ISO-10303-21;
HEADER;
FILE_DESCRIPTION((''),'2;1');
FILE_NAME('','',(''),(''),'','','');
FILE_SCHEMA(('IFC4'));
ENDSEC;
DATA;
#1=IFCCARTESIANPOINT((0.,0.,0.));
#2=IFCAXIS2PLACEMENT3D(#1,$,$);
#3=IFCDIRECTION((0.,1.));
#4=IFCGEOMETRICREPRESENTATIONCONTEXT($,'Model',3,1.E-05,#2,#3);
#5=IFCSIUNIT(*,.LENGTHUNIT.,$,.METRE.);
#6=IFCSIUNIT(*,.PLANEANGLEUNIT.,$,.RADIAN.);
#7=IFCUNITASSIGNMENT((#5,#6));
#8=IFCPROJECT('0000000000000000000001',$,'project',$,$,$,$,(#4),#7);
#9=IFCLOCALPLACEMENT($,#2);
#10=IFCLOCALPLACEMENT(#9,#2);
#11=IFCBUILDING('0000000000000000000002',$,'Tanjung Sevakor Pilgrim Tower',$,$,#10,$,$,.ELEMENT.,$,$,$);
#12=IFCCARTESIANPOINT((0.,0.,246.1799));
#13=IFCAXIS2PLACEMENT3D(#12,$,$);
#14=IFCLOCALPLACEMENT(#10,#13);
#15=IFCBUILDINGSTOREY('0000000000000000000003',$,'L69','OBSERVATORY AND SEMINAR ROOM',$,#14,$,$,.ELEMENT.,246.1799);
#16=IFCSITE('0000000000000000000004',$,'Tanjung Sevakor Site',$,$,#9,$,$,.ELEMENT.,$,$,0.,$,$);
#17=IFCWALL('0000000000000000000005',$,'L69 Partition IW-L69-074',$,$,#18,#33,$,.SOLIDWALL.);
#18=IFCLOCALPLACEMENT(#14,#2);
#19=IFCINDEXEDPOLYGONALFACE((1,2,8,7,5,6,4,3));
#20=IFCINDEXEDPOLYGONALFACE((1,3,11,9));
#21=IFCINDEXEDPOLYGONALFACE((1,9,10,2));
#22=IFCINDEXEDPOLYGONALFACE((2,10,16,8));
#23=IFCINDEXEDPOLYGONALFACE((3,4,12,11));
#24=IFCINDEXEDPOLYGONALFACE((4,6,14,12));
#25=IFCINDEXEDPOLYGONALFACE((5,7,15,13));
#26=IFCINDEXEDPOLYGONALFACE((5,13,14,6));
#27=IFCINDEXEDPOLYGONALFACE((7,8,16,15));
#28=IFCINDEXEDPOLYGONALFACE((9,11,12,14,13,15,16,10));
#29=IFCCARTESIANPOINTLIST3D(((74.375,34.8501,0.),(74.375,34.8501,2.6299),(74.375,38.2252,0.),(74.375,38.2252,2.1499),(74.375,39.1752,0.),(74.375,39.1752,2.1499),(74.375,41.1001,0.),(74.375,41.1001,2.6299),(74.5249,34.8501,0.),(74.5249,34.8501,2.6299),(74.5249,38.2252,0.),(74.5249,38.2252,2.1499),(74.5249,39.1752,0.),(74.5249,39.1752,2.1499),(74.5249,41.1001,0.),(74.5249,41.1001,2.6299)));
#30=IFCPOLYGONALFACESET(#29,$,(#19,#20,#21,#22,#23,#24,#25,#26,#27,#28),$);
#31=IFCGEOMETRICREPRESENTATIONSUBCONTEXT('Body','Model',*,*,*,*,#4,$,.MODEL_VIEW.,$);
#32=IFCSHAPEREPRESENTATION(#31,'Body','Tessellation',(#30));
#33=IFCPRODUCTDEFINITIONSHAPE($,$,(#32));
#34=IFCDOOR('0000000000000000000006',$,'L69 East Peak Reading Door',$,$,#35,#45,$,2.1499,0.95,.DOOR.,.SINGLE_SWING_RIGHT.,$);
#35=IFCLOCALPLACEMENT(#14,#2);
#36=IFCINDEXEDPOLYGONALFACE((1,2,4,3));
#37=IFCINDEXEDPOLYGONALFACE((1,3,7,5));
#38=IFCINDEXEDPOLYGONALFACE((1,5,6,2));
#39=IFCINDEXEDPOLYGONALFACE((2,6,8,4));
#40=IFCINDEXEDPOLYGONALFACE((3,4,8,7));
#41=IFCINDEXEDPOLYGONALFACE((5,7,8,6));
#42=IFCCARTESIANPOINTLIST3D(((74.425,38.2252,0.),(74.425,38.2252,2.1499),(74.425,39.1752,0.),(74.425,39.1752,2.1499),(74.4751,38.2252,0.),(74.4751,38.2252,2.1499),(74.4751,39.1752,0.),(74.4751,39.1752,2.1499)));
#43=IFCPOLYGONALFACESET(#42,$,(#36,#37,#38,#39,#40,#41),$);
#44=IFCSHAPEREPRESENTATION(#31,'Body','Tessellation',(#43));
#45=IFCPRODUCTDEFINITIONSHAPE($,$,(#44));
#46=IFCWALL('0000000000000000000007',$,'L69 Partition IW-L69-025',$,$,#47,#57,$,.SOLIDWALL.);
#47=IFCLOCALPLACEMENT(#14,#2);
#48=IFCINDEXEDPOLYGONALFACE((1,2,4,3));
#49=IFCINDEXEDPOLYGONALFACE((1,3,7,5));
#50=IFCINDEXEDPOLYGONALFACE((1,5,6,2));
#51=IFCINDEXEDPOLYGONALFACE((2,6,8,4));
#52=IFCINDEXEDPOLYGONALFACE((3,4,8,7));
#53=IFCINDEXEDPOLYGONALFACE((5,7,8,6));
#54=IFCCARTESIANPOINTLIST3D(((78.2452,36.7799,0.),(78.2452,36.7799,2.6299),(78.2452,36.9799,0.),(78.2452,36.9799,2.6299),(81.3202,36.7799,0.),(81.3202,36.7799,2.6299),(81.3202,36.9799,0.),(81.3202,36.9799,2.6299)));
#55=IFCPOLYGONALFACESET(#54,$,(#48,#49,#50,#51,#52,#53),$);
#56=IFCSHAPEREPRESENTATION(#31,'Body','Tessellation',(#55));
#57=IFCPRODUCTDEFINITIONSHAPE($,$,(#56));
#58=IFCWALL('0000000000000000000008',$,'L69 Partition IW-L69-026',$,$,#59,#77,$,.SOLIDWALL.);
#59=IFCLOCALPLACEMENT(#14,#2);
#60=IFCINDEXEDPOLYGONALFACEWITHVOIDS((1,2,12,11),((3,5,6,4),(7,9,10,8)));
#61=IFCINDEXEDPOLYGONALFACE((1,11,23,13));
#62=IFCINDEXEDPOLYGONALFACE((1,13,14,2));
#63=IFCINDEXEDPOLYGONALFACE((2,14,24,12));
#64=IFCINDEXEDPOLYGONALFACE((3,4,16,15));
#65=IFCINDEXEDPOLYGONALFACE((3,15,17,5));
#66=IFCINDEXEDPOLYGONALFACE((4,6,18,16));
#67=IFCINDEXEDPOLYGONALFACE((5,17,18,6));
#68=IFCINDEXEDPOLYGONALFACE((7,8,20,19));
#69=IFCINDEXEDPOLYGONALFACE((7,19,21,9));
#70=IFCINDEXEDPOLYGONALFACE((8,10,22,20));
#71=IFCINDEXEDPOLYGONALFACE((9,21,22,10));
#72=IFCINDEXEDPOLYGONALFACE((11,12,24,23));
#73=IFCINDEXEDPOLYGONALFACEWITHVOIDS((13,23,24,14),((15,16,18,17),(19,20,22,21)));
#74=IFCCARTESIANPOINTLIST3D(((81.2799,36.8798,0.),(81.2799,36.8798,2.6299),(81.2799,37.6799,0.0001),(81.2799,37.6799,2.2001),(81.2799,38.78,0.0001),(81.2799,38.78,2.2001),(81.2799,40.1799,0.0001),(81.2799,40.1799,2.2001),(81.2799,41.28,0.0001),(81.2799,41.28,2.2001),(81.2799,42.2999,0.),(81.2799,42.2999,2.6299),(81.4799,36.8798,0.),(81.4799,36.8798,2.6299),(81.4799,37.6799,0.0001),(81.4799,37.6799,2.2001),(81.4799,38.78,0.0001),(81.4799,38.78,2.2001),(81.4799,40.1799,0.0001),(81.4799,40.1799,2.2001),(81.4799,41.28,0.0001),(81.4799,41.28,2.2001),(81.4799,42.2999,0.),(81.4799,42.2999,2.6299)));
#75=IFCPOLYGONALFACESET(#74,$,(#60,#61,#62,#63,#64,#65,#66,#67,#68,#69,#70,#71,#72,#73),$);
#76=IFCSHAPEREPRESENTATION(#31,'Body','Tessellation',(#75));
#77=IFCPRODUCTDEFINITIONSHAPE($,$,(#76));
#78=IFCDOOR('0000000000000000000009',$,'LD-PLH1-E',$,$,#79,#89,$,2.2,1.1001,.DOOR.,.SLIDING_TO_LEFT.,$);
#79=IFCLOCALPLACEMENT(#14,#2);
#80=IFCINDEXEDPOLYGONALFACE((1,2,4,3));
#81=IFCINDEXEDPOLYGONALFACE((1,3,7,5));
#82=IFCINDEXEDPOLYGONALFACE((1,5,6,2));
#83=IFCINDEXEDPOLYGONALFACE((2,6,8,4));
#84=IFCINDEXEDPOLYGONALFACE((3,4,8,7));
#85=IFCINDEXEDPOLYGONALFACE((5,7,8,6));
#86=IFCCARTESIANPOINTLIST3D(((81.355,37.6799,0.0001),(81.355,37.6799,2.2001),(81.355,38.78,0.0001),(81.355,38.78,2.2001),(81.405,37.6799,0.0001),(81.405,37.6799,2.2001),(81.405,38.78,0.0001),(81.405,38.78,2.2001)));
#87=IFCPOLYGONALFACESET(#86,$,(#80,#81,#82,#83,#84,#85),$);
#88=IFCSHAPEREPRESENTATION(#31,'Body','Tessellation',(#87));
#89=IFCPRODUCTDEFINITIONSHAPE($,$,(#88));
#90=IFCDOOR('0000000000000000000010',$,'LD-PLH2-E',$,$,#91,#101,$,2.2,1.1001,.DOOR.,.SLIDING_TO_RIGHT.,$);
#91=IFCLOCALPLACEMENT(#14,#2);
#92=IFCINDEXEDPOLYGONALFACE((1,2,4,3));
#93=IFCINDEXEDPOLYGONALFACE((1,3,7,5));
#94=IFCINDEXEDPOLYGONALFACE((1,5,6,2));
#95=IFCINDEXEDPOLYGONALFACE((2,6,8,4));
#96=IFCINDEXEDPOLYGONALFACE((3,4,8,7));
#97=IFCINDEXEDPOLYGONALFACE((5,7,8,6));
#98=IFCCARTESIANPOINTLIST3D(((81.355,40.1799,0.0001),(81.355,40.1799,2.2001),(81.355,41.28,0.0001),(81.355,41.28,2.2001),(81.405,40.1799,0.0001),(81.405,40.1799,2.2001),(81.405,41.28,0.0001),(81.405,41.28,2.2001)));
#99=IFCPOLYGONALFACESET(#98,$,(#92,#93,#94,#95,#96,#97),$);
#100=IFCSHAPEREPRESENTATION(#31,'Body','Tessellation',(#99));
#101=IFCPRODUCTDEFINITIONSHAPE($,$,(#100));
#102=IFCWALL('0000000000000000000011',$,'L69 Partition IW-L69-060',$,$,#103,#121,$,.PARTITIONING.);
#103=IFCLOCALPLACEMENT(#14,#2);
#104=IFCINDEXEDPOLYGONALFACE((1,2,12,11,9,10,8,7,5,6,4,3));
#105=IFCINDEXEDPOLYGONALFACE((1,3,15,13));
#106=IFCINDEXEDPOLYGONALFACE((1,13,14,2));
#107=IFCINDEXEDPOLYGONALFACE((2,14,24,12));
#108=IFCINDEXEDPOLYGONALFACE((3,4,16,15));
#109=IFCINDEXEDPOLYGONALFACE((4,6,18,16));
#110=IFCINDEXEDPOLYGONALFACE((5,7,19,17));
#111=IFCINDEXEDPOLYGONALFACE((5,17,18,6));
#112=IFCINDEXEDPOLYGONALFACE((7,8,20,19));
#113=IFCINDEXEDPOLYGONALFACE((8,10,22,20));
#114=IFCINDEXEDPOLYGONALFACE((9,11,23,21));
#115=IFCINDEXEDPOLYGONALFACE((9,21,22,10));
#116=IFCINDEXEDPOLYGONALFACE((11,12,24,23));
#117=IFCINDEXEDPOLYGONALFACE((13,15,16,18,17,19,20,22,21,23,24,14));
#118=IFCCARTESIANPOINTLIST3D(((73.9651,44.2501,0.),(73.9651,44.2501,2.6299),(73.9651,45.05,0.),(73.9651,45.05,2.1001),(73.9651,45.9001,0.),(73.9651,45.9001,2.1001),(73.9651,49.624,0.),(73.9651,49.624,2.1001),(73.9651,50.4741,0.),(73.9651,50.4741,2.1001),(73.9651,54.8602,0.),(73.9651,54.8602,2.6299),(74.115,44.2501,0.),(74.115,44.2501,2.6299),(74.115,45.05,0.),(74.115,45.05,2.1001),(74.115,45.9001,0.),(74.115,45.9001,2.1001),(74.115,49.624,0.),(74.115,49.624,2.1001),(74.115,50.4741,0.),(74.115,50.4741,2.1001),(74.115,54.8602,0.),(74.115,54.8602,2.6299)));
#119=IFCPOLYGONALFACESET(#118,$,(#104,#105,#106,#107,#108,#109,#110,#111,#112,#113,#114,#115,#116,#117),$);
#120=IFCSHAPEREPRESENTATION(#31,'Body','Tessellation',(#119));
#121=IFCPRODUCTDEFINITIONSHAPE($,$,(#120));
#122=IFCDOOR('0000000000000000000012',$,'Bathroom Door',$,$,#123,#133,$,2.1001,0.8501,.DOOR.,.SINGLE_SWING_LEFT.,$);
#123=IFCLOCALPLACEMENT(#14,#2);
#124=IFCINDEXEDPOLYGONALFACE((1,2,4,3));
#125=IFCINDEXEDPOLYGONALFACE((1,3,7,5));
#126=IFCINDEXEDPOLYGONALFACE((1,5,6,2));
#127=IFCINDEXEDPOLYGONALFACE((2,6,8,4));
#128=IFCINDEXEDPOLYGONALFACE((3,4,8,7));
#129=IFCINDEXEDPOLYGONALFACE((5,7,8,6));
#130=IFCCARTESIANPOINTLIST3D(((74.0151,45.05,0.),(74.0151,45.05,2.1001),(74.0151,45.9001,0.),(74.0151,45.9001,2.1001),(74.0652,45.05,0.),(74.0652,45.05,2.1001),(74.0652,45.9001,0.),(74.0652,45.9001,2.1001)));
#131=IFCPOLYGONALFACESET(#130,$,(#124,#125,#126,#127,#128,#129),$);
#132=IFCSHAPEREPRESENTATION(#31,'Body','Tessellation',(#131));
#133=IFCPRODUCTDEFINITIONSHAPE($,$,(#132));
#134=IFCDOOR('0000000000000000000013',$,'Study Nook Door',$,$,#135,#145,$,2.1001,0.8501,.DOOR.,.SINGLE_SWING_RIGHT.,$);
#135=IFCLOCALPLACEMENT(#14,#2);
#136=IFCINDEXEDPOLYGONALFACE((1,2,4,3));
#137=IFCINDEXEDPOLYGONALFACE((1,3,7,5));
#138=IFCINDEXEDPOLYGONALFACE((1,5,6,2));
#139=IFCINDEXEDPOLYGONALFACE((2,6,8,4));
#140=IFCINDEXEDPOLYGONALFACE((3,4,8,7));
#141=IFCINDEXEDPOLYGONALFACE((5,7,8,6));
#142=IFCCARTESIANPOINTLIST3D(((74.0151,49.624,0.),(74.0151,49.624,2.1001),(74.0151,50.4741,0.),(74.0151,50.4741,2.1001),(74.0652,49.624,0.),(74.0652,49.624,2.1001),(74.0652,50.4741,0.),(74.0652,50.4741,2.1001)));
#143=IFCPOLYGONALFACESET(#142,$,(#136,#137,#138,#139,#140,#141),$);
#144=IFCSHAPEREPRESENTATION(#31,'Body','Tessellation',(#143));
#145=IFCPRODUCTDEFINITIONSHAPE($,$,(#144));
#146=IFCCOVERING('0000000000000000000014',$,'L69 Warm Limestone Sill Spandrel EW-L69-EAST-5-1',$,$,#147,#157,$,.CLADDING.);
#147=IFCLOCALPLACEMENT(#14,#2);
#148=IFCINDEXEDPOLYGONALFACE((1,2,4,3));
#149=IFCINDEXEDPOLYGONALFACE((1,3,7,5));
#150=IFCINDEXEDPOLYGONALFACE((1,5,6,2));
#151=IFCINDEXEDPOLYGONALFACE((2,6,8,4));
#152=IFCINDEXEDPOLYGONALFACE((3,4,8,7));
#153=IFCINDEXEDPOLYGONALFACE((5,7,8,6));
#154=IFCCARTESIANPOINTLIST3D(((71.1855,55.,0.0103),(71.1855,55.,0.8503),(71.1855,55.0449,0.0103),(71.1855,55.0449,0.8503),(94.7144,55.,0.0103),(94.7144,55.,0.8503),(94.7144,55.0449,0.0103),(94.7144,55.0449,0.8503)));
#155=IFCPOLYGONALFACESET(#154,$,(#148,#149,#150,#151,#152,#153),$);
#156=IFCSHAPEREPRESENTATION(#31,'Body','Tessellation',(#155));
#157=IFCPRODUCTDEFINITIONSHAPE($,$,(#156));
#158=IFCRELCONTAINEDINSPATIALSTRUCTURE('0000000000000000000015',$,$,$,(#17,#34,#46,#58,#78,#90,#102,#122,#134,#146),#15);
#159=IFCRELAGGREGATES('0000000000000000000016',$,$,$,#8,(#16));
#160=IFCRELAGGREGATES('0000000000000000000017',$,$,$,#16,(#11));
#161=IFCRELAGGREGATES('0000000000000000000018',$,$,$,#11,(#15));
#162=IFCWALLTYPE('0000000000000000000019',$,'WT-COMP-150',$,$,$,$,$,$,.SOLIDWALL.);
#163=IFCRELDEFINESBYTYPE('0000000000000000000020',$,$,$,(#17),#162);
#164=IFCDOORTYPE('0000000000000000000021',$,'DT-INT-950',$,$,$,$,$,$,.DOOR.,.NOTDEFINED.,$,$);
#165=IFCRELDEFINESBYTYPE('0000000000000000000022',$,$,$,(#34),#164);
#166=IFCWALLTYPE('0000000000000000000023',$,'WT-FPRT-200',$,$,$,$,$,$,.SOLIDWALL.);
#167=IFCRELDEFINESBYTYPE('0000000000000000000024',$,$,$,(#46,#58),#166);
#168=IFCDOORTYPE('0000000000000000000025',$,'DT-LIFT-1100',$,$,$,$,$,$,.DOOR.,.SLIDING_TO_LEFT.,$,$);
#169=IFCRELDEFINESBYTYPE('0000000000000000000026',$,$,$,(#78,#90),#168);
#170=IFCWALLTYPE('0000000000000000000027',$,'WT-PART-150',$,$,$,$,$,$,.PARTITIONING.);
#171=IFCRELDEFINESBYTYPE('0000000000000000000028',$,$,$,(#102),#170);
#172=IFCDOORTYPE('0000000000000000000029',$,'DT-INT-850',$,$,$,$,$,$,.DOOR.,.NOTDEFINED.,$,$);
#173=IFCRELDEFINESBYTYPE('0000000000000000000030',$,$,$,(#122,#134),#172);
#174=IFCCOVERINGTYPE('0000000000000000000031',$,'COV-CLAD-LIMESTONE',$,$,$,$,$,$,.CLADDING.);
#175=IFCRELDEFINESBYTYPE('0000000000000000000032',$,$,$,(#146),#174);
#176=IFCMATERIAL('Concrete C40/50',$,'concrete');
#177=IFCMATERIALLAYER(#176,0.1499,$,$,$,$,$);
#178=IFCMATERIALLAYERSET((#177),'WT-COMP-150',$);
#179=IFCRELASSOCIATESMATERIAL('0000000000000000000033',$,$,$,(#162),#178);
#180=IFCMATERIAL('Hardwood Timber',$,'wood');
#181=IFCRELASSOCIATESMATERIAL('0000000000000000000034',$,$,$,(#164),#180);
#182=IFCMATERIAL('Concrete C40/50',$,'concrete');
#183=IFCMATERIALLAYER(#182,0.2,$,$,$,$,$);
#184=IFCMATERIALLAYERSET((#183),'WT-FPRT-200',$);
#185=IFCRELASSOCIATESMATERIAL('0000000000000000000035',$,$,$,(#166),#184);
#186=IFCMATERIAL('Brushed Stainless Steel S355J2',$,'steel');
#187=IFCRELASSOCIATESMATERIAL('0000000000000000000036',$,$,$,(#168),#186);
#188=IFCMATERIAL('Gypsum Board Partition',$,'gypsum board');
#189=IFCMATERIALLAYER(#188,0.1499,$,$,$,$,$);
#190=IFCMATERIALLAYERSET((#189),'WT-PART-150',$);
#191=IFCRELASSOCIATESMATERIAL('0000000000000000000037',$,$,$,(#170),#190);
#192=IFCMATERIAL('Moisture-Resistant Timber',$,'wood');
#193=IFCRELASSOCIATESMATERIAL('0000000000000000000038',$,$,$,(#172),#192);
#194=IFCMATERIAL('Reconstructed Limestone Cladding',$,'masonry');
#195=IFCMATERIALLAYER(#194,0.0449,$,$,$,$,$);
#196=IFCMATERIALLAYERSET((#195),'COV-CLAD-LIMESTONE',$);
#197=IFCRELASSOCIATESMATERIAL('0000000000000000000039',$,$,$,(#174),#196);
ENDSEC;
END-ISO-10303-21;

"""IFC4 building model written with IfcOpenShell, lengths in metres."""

from ifc_helpers import new_model, si_unit, direction, frame, frame_2d, origin, origin_2d, place, context, subcontext, project, spatial, rectangle, extrude, material, layer, layer_set, type_object, element, fill, save


model = new_model("IFC4")

# Units and contexts
model_context = context("Model", 3, precision=1e-05, world=origin(), true_north=direction((0.0, 1.0)))
body_context = subcontext(model_context, "Body", "Model", "MODEL_VIEW")
ifc_project = project(units=[si_unit("LENGTHUNIT", "METRE"), si_unit("PLANEANGLEUNIT", "RADIAN")], contexts=[model_context])

# Site, building, storey
site_placement = place(None, origin())
site = spatial("IfcSite", under=ifc_project, at=site_placement, Name="Tanjung Sevakor Site", CompositionType="ELEMENT", RefElevation=0.0)
building_placement = place(site_placement, origin())
building = spatial("IfcBuilding", under=site, at=building_placement, Name="Tanjung Sevakor Pilgrim Tower", CompositionType="ELEMENT")
storey_placement = place(building_placement, frame((0.0, 0.0, 246.1799)))
storey = spatial("IfcBuildingStorey", under=building, at=storey_placement, Name="L69", Description="OBSERVATORY AND SEMINAR ROOM", CompositionType="ELEMENT", Elevation=246.1799)

# Shared definitions
ifc_material_1 = material(Name="Concrete C40/50", Category="concrete")
ifc_layer_1 = layer(ifc_material_1, 0.1499)
ifc_layer_set_1 = layer_set([ifc_layer_1], Name="WT-COMP-150")
wall_type_1 = type_object("IfcWallType", Name="WT-COMP-150", PredefinedType="SOLIDWALL", material=ifc_layer_set_1)

# Wall, opening, door
wall_1_placement = place(storey_placement, frame((74.45, 34.8501, 0.0), z_axis=(0.0, 0.0, 1.0), x_axis=(0.0, 1.0, 0.0)))
wall_1 = element("IfcWall", 1, at=wall_1_placement, inside=storey, type_object=wall_type_1, Name="L69 Partition IW-L69-074", PredefinedType="SOLIDWALL", context=body_context, shape_type="SweptSolid", body=[
    extrude(rectangle(XDim=6.25, YDim=0.1499, at=frame_2d((3.125, 0.0))), origin(), (0.0, 0.0, 1.0), 2.6299),
])
opening_1_placement = place(wall_1_placement, frame((3.375, 0.0, 0.0)))
opening_1 = element("IfcOpeningElement", 2, at=opening_1_placement, cuts=wall_1, PredefinedType="OPENING", context=body_context, shape_type="SweptSolid", body=[
    extrude(rectangle(XDim=0.95, YDim=2.1499, at=frame_2d((0.4751, 1.075))), frame((0.0, 0.085, 0.0), z_axis=(0.0, -1.0, 0.0), x_axis=(1.0, 0.0, 0.0)), (0.0, 0.0, 1.0), 0.1699),
])
ifc_material_2 = material(Name="Hardwood Timber", Category="wood")
door_type_1 = type_object("IfcDoorType", Name="DT-INT-950", OperationType="NOTDEFINED", PredefinedType="DOOR", material=ifc_material_2)
door_1_placement = place(opening_1_placement, origin())
door_1 = element("IfcDoor", 3, at=door_1_placement, inside=storey, type_object=door_type_1, Name="L69 East Peak Reading Door", OperationType="SINGLE_SWING_RIGHT", OverallHeight=2.1499, OverallWidth=0.95, PredefinedType="DOOR", context=body_context, shape_type="SweptSolid", body=[
    extrude(rectangle(XDim=0.95, YDim=2.1499, at=frame_2d((0.4751, 1.075))), frame((0.0, 0.0249, 0.0), z_axis=(0.0, -1.0, 0.0), x_axis=(1.0, 0.0, 0.0)), (0.0, 0.0, 1.0), 0.05),
])
fill(opening_1, door_1)

# Wall
ifc_material_3 = material(Name="Concrete C40/50", Category="concrete")
ifc_layer_2 = layer(ifc_material_3, 0.2)
ifc_layer_set_2 = layer_set([ifc_layer_2], Name="WT-FPRT-200")
wall_type_2 = type_object("IfcWallType", Name="WT-FPRT-200", PredefinedType="SOLIDWALL", material=ifc_layer_set_2)
wall_2_placement = place(storey_placement, frame((78.2451, 36.8799, 0.0), z_axis=(0.0, 0.0, 1.0), x_axis=(1.0, 0.0, 0.0)))
element("IfcWall", 4, at=wall_2_placement, inside=storey, type_object=wall_type_2, Name="L69 Partition IW-L69-025", PredefinedType="SOLIDWALL", context=body_context, shape_type="SweptSolid", body=[
    extrude(rectangle(XDim=3.075, YDim=0.2, at=frame_2d((1.5376, 0.0))), origin(), (0.0, 0.0, 1.0), 2.6299),
])

# Walls, openings, doors
wall_3_placement = place(storey_placement, frame((81.3799, 36.8799, 0.0), z_axis=(0.0, 0.0, 1.0), x_axis=(0.0, 1.0, 0.0)))
wall_3 = element("IfcWall", 5, at=wall_3_placement, inside=storey, type_object=wall_type_2, Name="L69 Partition IW-L69-026", PredefinedType="SOLIDWALL", context=body_context, shape_type="SweptSolid", body=[
    extrude(rectangle(XDim=5.4202, YDim=0.2, at=frame_2d((2.71, 0.0))), origin(), (0.0, 0.0, 1.0), 2.6299),
])
opening_2_placement = place(wall_3_placement, frame((0.8, 0.0, 0.0)))
opening_2 = element("IfcOpeningElement", 6, at=opening_2_placement, cuts=wall_3, PredefinedType="OPENING", context=body_context, shape_type="SweptSolid", body=[
    extrude(rectangle(XDim=1.1001, YDim=2.2, at=frame_2d((0.55, 1.1001))), frame((0.0, 0.1099, 0.0), z_axis=(0.0, -1.0, 0.0), x_axis=(1.0, 0.0, 0.0)), (0.0, 0.0, 1.0), 0.22),
])
opening_3_placement = place(wall_3_placement, frame((3.3, 0.0, 0.0)))
opening_3 = element("IfcOpeningElement", 7, at=opening_3_placement, cuts=wall_3, PredefinedType="OPENING", context=body_context, shape_type="SweptSolid", body=[
    extrude(rectangle(XDim=1.1001, YDim=2.2, at=frame_2d((0.55, 1.1001))), frame((0.0, 0.1099, 0.0), z_axis=(0.0, -1.0, 0.0), x_axis=(1.0, 0.0, 0.0)), (0.0, 0.0, 1.0), 0.22),
])
ifc_material_4 = material(Name="Brushed Stainless Steel S355J2", Category="steel")
door_type_2 = type_object("IfcDoorType", Name="DT-LIFT-1100", OperationType="SLIDING_TO_LEFT", PredefinedType="DOOR", material=ifc_material_4)
door_2_placement = place(opening_2_placement, origin())
door_2 = element("IfcDoor", 8, at=door_2_placement, inside=storey, type_object=door_type_2, Name="LD-PLH1-E", OperationType="SLIDING_TO_LEFT", OverallHeight=2.2, OverallWidth=1.1001, PredefinedType="DOOR", context=body_context, shape_type="SweptSolid", body=[
    extrude(rectangle(XDim=1.1001, YDim=2.2, at=frame_2d((0.55, 1.1001))), frame((0.0, 0.0249, 0.0), z_axis=(0.0, -1.0, 0.0), x_axis=(1.0, 0.0, 0.0)), (0.0, 0.0, 1.0), 0.05),
])
fill(opening_2, door_2)
door_3_placement = place(opening_3_placement, origin())
door_3 = element("IfcDoor", 9, at=door_3_placement, inside=storey, type_object=door_type_2, Name="LD-PLH2-E", OperationType="SLIDING_TO_RIGHT", OverallHeight=2.2, OverallWidth=1.1001, PredefinedType="DOOR", context=body_context, shape_type="SweptSolid", body=[
    extrude(rectangle(XDim=1.1001, YDim=2.2, at=frame_2d((0.55, 1.1001))), frame((0.0, 0.0249, 0.0), z_axis=(0.0, -1.0, 0.0), x_axis=(1.0, 0.0, 0.0)), (0.0, 0.0, 1.0), 0.05),
])
fill(opening_3, door_3)
ifc_material_5 = material(Name="Gypsum Board Partition", Category="gypsum board")
ifc_layer_3 = layer(ifc_material_5, 0.1499)
ifc_layer_set_3 = layer_set([ifc_layer_3], Name="WT-PART-150")
wall_type_3 = type_object("IfcWallType", Name="WT-PART-150", PredefinedType="PARTITIONING", material=ifc_layer_set_3)
wall_4_placement = place(storey_placement, frame((74.04, 44.25, 0.0), z_axis=(0.0, 0.0, 1.0), x_axis=(0.0, 1.0, 0.0)))
wall_4 = element("IfcWall", 10, at=wall_4_placement, inside=storey, type_object=wall_type_3, Name="L69 Partition IW-L69-060", PredefinedType="PARTITIONING", context=body_context, shape_type="SweptSolid", body=[
    extrude(rectangle(XDim=10.6101, YDim=0.1499, at=frame_2d((5.3052, 0.0))), origin(), (0.0, 0.0, 1.0), 2.6299),
])
opening_4_placement = place(wall_4_placement, frame((0.8, 0.0, 0.0)))
opening_4 = element("IfcOpeningElement", 11, at=opening_4_placement, cuts=wall_4, PredefinedType="OPENING", context=body_context, shape_type="SweptSolid", body=[
    extrude(rectangle(XDim=0.8501, YDim=2.1001, at=frame_2d((0.425, 1.05))), frame((0.0, 0.085, 0.0), z_axis=(0.0, -1.0, 0.0), x_axis=(1.0, 0.0, 0.0)), (0.0, 0.0, 1.0), 0.1699),
])
opening_5_placement = place(wall_4_placement, frame((5.374, 0.0, 0.0)))
opening_5 = element("IfcOpeningElement", 12, at=opening_5_placement, cuts=wall_4, PredefinedType="OPENING", context=body_context, shape_type="SweptSolid", body=[
    extrude(rectangle(XDim=0.8501, YDim=2.1001, at=frame_2d((0.425, 1.05))), frame((0.0, 0.085, 0.0), z_axis=(0.0, -1.0, 0.0), x_axis=(1.0, 0.0, 0.0)), (0.0, 0.0, 1.0), 0.1699),
])
ifc_material_6 = material(Name="Moisture-Resistant Timber", Category="wood")
door_type_3 = type_object("IfcDoorType", Name="DT-INT-850", OperationType="NOTDEFINED", PredefinedType="DOOR", material=ifc_material_6)
door_4_placement = place(opening_4_placement, origin())
door_4 = element("IfcDoor", 13, at=door_4_placement, inside=storey, type_object=door_type_3, Name="Bathroom Door", OperationType="SINGLE_SWING_LEFT", OverallHeight=2.1001, OverallWidth=0.8501, PredefinedType="DOOR", context=body_context, shape_type="SweptSolid", body=[
    extrude(rectangle(XDim=0.8501, YDim=2.1001, at=frame_2d((0.425, 1.05))), frame((0.0, 0.0249, 0.0), z_axis=(0.0, -1.0, 0.0), x_axis=(1.0, 0.0, 0.0)), (0.0, 0.0, 1.0), 0.05),
])
fill(opening_4, door_4)
door_5_placement = place(opening_5_placement, origin())
door_5 = element("IfcDoor", 14, at=door_5_placement, inside=storey, type_object=door_type_3, Name="Study Nook Door", OperationType="SINGLE_SWING_RIGHT", OverallHeight=2.1001, OverallWidth=0.8501, PredefinedType="DOOR", context=body_context, shape_type="SweptSolid", body=[
    extrude(rectangle(XDim=0.8501, YDim=2.1001, at=frame_2d((0.425, 1.05))), frame((0.0, 0.0249, 0.0), z_axis=(0.0, -1.0, 0.0), x_axis=(1.0, 0.0, 0.0)), (0.0, 0.0, 1.0), 0.05),
])
fill(opening_5, door_5)

# Covering
ifc_material_7 = material(Name="Reconstructed Limestone Cladding", Category="masonry")
ifc_layer_4 = layer(ifc_material_7, 0.0449)
ifc_layer_set_4 = layer_set([ifc_layer_4], Name="COV-CLAD-LIMESTONE")
covering_type = type_object("IfcCoveringType", Name="COV-CLAD-LIMESTONE", PredefinedType="CLADDING", material=ifc_layer_set_4)
covering_placement = place(storey_placement, frame((82.95, 55.0225, 0.0103), z_axis=(0.0, 0.0, 1.0), x_axis=(-1.0, 0.0, 0.0)))
element("IfcCovering", 15, at=covering_placement, inside=storey, type_object=covering_type, Name="L69 Warm Limestone Sill Spandrel EW-L69-EAST-5-1", PredefinedType="CLADDING", context=body_context, shape_type="SweptSolid", body=[
    extrude(rectangle(XDim=23.5288, YDim=0.0449, at=origin_2d()), origin(), (0.0, 0.0, 1.0), 0.8401),
])

save(model, "model.ifc")
